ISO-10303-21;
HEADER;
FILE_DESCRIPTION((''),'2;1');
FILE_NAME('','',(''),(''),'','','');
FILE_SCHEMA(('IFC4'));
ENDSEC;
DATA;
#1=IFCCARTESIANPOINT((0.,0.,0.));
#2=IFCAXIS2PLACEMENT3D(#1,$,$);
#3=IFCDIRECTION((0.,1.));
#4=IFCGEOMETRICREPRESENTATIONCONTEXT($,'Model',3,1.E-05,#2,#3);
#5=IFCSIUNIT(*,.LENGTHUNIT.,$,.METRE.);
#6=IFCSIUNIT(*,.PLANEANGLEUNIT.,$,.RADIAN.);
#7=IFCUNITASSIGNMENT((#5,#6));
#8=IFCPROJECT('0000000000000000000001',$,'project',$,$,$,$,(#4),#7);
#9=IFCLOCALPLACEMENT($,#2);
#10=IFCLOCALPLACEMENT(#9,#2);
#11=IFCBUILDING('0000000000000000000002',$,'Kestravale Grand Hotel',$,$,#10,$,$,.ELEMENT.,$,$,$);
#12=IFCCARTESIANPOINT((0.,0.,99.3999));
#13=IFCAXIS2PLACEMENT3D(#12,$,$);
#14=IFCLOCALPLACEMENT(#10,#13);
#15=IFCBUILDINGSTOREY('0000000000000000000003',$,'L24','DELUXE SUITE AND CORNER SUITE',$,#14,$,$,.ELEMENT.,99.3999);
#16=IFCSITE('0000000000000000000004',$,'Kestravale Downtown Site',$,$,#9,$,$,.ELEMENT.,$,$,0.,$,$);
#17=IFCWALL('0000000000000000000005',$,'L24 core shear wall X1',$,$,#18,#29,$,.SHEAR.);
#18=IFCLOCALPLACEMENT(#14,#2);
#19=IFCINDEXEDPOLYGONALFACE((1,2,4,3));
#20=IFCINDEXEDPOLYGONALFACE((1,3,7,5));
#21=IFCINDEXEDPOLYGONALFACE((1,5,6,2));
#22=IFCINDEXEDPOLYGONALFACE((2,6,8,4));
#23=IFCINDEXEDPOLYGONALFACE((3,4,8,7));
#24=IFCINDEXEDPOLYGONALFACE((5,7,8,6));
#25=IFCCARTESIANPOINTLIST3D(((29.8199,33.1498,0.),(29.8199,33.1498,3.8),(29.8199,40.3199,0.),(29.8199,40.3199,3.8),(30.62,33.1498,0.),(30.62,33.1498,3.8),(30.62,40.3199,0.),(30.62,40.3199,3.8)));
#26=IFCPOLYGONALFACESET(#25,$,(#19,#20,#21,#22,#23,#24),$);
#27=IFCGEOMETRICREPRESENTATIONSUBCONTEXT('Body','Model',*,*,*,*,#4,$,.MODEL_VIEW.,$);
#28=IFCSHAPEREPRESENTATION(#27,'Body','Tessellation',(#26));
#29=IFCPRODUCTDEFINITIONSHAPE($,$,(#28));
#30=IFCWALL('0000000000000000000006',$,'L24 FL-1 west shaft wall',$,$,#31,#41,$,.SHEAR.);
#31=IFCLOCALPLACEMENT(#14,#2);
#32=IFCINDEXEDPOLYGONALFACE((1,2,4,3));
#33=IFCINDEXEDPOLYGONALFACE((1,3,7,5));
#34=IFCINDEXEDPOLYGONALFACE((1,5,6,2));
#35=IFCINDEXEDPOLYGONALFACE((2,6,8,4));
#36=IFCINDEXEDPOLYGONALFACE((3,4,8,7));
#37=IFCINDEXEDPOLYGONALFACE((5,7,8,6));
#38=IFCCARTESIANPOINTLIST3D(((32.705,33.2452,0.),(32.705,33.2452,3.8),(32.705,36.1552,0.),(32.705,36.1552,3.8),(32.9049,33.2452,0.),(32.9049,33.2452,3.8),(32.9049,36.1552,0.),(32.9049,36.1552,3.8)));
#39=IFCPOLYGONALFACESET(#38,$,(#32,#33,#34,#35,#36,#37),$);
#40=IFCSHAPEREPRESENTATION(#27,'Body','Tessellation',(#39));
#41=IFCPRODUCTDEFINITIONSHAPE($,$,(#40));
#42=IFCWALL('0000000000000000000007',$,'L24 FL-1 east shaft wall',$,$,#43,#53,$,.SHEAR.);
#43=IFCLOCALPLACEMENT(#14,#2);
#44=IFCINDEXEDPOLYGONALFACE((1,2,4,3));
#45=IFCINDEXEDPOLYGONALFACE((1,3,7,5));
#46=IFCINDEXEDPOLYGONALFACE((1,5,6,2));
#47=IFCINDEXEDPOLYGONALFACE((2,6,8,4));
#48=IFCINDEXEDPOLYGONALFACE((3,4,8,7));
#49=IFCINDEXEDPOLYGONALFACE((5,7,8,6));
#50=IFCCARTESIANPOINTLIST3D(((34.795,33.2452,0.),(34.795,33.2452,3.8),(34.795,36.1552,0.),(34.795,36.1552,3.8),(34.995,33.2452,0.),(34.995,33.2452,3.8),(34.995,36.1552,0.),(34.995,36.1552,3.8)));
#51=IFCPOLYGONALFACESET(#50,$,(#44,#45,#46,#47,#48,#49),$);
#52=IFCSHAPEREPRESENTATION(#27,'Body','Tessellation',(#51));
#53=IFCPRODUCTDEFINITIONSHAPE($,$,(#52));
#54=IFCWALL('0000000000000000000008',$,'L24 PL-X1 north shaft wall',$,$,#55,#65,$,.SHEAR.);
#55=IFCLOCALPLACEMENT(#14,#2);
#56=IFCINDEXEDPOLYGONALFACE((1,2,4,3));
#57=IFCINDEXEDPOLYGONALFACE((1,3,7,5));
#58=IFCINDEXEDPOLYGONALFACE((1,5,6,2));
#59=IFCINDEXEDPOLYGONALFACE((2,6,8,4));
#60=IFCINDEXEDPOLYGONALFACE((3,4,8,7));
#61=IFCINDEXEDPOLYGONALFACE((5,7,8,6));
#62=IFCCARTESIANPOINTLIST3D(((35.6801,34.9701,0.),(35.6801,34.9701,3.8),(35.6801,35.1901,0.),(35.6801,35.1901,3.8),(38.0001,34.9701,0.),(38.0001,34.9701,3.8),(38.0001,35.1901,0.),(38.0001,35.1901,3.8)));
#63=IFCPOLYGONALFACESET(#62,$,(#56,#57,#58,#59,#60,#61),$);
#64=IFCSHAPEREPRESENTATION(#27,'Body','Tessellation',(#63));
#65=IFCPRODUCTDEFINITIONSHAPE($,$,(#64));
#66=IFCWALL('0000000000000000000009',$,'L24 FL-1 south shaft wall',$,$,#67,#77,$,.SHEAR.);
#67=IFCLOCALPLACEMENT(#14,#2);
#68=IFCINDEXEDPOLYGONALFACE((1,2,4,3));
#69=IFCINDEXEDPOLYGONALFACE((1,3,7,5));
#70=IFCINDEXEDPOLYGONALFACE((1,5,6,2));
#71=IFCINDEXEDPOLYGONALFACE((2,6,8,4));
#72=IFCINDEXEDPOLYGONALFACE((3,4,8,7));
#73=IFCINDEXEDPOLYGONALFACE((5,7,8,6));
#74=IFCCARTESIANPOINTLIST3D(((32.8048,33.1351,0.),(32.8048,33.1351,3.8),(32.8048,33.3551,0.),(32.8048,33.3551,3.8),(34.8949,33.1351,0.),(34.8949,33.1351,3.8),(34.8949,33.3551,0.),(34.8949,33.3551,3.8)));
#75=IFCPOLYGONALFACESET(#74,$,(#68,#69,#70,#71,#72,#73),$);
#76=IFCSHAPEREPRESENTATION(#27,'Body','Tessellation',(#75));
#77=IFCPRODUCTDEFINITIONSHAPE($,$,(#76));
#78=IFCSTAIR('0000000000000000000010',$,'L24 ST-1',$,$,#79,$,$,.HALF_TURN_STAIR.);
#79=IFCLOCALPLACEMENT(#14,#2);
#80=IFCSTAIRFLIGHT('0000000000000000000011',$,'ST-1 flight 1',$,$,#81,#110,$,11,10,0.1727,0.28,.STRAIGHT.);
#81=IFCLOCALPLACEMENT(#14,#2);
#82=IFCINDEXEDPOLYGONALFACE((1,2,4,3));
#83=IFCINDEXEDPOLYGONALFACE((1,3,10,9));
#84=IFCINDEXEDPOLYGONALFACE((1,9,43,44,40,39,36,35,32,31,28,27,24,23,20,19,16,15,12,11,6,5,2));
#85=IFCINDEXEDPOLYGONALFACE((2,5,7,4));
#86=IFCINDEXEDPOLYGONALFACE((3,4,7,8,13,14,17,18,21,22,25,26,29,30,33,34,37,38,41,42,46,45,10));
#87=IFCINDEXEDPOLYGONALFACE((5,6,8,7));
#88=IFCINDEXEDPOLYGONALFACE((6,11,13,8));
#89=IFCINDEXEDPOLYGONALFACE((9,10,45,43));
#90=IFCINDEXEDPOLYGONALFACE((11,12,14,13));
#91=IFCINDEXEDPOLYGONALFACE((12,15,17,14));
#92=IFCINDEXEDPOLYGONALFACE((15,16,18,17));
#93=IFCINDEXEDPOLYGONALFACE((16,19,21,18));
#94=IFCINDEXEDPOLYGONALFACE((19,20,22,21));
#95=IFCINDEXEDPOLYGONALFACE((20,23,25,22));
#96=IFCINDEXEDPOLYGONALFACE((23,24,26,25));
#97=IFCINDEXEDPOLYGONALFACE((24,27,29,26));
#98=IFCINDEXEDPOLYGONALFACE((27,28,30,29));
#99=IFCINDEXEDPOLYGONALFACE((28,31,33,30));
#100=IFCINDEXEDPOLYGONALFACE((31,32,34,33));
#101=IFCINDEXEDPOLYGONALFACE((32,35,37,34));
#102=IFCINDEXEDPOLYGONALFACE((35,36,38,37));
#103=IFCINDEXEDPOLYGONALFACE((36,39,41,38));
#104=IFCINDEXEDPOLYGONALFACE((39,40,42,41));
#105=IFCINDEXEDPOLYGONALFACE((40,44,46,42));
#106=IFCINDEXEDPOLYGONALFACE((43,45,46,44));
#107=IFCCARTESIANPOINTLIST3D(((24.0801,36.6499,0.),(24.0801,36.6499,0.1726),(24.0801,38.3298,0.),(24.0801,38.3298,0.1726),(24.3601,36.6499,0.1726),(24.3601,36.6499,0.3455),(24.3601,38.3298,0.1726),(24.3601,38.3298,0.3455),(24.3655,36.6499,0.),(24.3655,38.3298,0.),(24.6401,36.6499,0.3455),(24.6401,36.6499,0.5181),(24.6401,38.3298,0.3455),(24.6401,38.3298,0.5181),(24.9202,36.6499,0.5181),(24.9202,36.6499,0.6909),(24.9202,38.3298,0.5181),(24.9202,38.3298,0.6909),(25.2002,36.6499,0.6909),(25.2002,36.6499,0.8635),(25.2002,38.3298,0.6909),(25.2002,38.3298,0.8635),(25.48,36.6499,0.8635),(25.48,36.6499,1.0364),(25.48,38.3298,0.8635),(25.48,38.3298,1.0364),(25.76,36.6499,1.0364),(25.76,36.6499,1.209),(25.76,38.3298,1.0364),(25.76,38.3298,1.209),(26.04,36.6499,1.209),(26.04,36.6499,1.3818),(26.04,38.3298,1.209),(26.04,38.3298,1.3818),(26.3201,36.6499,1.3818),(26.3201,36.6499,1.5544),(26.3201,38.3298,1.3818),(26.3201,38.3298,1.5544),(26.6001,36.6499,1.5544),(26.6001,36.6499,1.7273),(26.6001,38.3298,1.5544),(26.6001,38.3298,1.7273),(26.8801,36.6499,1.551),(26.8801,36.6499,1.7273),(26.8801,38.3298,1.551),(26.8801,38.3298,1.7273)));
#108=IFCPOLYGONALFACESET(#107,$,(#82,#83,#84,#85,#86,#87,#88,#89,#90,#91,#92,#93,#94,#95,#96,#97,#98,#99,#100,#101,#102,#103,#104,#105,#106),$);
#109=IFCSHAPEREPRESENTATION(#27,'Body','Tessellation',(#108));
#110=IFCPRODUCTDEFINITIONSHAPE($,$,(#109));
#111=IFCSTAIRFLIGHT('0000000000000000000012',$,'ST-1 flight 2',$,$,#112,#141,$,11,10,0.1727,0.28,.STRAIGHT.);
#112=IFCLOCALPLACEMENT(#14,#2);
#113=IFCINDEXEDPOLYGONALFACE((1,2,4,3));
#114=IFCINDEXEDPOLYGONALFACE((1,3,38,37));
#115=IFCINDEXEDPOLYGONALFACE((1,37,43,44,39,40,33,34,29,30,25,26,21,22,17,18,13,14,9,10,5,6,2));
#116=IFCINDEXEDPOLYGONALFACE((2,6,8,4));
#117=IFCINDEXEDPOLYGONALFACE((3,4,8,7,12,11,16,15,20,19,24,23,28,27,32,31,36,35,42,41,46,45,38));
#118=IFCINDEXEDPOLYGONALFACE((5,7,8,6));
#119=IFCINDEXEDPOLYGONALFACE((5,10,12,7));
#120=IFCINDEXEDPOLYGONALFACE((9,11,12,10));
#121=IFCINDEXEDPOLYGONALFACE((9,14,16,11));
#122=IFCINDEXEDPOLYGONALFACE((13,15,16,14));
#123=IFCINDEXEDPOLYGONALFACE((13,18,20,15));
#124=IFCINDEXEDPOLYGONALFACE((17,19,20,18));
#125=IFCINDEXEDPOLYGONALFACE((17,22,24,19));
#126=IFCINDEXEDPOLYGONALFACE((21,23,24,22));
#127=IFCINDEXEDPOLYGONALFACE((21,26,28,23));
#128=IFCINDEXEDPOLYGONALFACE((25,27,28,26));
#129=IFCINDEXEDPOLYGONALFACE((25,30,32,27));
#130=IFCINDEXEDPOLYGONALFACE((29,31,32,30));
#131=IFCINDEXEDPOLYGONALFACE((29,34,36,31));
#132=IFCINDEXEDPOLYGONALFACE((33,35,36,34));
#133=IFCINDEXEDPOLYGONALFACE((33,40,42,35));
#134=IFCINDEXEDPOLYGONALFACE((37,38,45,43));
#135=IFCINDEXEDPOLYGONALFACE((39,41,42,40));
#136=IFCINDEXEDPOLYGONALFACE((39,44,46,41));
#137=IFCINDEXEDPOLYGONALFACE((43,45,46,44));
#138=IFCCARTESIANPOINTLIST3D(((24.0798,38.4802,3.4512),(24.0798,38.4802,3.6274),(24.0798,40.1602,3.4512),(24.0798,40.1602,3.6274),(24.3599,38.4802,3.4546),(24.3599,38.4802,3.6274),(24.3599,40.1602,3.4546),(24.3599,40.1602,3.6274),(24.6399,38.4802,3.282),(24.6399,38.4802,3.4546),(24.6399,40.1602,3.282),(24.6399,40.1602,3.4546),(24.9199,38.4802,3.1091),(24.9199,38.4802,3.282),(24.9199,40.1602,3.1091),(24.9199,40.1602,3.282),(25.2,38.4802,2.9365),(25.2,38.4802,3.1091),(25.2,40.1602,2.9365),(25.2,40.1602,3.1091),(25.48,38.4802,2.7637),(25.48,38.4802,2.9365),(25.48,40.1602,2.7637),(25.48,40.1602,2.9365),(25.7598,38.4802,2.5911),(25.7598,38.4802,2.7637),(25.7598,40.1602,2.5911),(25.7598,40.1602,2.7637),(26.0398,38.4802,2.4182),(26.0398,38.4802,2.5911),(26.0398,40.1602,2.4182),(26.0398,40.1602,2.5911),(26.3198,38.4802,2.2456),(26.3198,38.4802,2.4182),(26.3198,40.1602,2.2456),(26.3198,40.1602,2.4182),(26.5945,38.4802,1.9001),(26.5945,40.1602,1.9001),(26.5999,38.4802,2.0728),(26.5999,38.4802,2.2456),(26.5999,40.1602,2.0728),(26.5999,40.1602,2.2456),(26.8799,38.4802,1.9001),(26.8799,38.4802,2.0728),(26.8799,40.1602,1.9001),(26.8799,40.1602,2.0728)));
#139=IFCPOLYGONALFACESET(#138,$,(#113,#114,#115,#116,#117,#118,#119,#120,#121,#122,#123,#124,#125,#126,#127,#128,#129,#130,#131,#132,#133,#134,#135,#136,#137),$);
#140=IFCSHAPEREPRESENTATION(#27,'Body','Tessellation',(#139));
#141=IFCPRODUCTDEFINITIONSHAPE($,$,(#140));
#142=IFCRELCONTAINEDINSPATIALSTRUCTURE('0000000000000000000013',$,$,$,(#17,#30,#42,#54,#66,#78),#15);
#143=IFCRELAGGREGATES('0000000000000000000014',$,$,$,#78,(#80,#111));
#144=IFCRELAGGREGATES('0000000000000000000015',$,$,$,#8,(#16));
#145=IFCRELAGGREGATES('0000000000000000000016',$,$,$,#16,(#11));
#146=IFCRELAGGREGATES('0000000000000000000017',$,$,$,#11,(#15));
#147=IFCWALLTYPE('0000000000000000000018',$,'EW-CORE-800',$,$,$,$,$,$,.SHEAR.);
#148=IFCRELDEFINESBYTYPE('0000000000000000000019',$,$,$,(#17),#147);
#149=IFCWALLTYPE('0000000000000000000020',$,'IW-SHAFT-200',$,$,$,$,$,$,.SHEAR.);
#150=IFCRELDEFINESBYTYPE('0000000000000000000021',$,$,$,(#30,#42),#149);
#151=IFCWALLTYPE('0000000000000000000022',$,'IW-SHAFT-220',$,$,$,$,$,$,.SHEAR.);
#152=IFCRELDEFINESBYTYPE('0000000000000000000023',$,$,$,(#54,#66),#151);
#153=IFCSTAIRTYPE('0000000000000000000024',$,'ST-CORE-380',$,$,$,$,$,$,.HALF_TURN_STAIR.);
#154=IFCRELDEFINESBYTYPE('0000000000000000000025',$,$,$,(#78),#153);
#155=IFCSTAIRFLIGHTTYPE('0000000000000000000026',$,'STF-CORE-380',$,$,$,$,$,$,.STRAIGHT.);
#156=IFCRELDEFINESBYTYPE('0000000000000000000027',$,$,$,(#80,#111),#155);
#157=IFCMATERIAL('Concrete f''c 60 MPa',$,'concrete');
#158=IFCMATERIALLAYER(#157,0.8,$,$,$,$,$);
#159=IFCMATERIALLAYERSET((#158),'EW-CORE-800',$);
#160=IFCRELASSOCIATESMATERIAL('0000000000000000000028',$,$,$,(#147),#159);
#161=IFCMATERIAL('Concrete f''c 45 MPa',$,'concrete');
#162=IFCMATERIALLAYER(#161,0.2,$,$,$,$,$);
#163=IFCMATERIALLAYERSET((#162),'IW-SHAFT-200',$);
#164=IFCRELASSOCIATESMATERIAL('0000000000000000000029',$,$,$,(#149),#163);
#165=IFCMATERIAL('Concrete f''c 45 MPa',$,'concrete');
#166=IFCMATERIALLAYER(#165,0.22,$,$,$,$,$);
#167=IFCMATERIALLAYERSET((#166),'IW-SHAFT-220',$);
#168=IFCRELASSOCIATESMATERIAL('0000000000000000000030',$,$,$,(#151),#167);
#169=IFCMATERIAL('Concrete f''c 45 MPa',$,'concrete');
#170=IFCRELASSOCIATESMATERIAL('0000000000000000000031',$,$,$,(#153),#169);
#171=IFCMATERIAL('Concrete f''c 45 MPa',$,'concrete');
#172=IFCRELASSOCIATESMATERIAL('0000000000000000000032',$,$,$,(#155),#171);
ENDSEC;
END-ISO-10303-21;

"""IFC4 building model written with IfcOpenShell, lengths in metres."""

from ifc_helpers import new_model, si_unit, direction, frame, frame_2d, origin, place, context, subcontext, project, spatial, polyline, rectangle, outline, extrude, material, layer, layer_set, type_object, element, aggregate, save


model = new_model("IFC4")

# Units and contexts
model_context = context("Model", 3, precision=1e-05, world=origin(), true_north=direction((0.0, 1.0)))
body_context = subcontext(model_context, "Body", "Model", "MODEL_VIEW")
ifc_project = project(units=[si_unit("LENGTHUNIT", "METRE"), si_unit("PLANEANGLEUNIT", "RADIAN")], contexts=[model_context])

# Site, building, storey
site_placement = place(None, origin())
site = spatial("IfcSite", under=ifc_project, at=site_placement, Name="Kestravale Downtown Site", CompositionType="ELEMENT", RefElevation=0.0)
building_placement = place(site_placement, origin())
building = spatial("IfcBuilding", under=site, at=building_placement, Name="Kestravale Grand Hotel", CompositionType="ELEMENT")
storey_placement = place(building_placement, frame((0.0, 0.0, 99.3999)))
storey = spatial("IfcBuildingStorey", under=building, at=storey_placement, Name="L24", Description="DELUXE SUITE AND CORNER SUITE", CompositionType="ELEMENT", Elevation=99.3999)

# Wall
ifc_material_1 = material(Name="Concrete f'c 60 MPa", Category="concrete")
ifc_layer_1 = layer(ifc_material_1, 0.8)
ifc_layer_set_1 = layer_set([ifc_layer_1], Name="EW-CORE-800")
wall_type_1 = type_object("IfcWallType", Name="EW-CORE-800", PredefinedType="SHEAR", material=ifc_layer_set_1)
wall_1_placement = place(storey_placement, frame((30.22, 33.1499, 0.0), z_axis=(0.0, 0.0, 1.0), x_axis=(0.0, 1.0, 0.0)))
element("IfcWall", 1, at=wall_1_placement, inside=storey, type_object=wall_type_1, Name="L24 core shear wall X1", PredefinedType="SHEAR", context=body_context, shape_type="SweptSolid", body=[
    extrude(rectangle(XDim=7.1702, YDim=0.8, at=frame_2d((3.585, 0.0))), origin(), (0.0, 0.0, 1.0), 3.8),
])

# Walls
ifc_material_2 = material(Name="Concrete f'c 45 MPa", Category="concrete")
ifc_layer_2 = layer(ifc_material_2, 0.2)
ifc_layer_set_2 = layer_set([ifc_layer_2], Name="IW-SHAFT-200")
wall_type_2 = type_object("IfcWallType", Name="IW-SHAFT-200", PredefinedType="SHEAR", material=ifc_layer_set_2)
for number, where, z_axis, x_axis, name in (
    (2, (32.8049, 33.2451, 0.0), (0.0, 0.0, 1.0), (0.0, 1.0, 0.0), "L24 FL-1 west shaft wall"),
    (3, (34.895, 33.2451, 0.0), (0.0, 0.0, 1.0), (0.0, 1.0, 0.0), "L24 FL-1 east shaft wall"),
):
    element("IfcWall", number, at=place(storey_placement, frame(where, z_axis=z_axis, x_axis=x_axis)), inside=storey, type_object=wall_type_2, Name=name, PredefinedType="SHEAR", context=body_context, shape_type="SweptSolid", body=[
        extrude(rectangle(XDim=2.9099, YDim=0.2, at=frame_2d((1.4551, 0.0))), origin(), (0.0, 0.0, 1.0), 3.8),
    ])
ifc_material_3 = material(Name="Concrete f'c 45 MPa", Category="concrete")
ifc_layer_3 = layer(ifc_material_3, 0.22)
ifc_layer_set_3 = layer_set([ifc_layer_3], Name="IW-SHAFT-220")
wall_type_3 = type_object("IfcWallType", Name="IW-SHAFT-220", PredefinedType="SHEAR", material=ifc_layer_set_3)
wall_2_placement = place(storey_placement, frame((35.6799, 35.0801, 0.0), z_axis=(0.0, 0.0, 1.0), x_axis=(1.0, 0.0, 0.0)))
element("IfcWall", 4, at=wall_2_placement, inside=storey, type_object=wall_type_3, Name="L24 PL-X1 north shaft wall", PredefinedType="SHEAR", context=body_context, shape_type="SweptSolid", body=[
    extrude(rectangle(XDim=2.3201, YDim=0.22, at=frame_2d((1.1602, 0.0))), origin(), (0.0, 0.0, 1.0), 3.8),
])

# Wall
wall_3_placement = place(storey_placement, frame((32.8049, 33.2451, 0.0), z_axis=(0.0, 0.0, 1.0), x_axis=(1.0, 0.0, 0.0)))
element("IfcWall", 5, at=wall_3_placement, inside=storey, type_object=wall_type_3, Name="L24 FL-1 south shaft wall", PredefinedType="SHEAR", context=body_context, shape_type="SweptSolid", body=[
    extrude(rectangle(XDim=2.0901, YDim=0.22, at=frame_2d((1.0449, 0.0))), origin(), (0.0, 0.0, 1.0), 3.8),
])

# Stair, stair flights
ifc_material_4 = material(Name="Concrete f'c 45 MPa", Category="concrete")
stair_type = type_object("IfcStairType", Name="ST-CORE-380", PredefinedType="HALF_TURN_STAIR", material=ifc_material_4)
stair_placement = place(storey_placement, origin())
stair = element("IfcStair", 6, at=stair_placement, inside=storey, type_object=stair_type, Name="L24 ST-1", PredefinedType="HALF_TURN_STAIR")
ifc_material_5 = material(Name="Concrete f'c 45 MPa", Category="concrete")
stair_flight_type = type_object("IfcStairFlightType", Name="STF-CORE-380", PredefinedType="STRAIGHT", material=ifc_material_5)
stair_flight_1_placement = place(storey_placement, frame((24.0801, 37.49, 0.0), z_axis=(0.0, 0.0, 1.0), x_axis=(1.0, 0.0, 0.0)))
stair_flight_1 = element("IfcStairFlight", 7, at=stair_flight_1_placement, type_object=stair_flight_type, Name="ST-1 flight 1", NumberOfRisers=11, NumberOfTreads=10, PredefinedType="STRAIGHT", RiserHeight=0.1727, TreadLength=0.28, context=body_context, shape_type="SweptSolid", body=[
    extrude(outline(polyline([(0.0, 0.0), (0.0, 0.1726), (0.28, 0.1726), (0.28, 0.3455), (0.5601, 0.3455), (0.5601, 0.5181), (0.8401, 0.5181), (0.8401, 0.6909), (1.1201, 0.6909), (1.1201, 0.8635), (1.3999, 0.8635), (1.3999, 1.0364), (1.6799, 1.0364), (1.6799, 1.209), (1.96, 1.209), (1.96, 1.3818), (2.24, 1.3818), (2.24, 1.5544), (2.52, 1.5544), (2.52, 1.7273), (2.8, 1.7273), (2.8, 1.8999), (2.8, 1.551), (0.2854, 0.0), (0.0, 0.0)])), frame((0.0, 0.8398, 0.0), z_axis=(0.0, -1.0, 0.0), x_axis=(1.0, 0.0, 0.0)), (0.0, 0.0, 1.0), 1.6799),
])
stair_flight_2_placement = place(storey_placement, frame((26.8799, 39.3201, 1.9001), z_axis=(0.0, 0.0, 1.0), x_axis=(-1.0, 0.0, 0.0)))
stair_flight_2 = element("IfcStairFlight", 8, at=stair_flight_2_placement, type_object=stair_flight_type, Name="ST-1 flight 2", NumberOfRisers=11, NumberOfTreads=10, PredefinedType="STRAIGHT", RiserHeight=0.1727, TreadLength=0.28, context=body_context, shape_type="SweptSolid", body=[
    extrude(outline(polyline([(0.0, 0.0), (0.0, 0.1726), (0.28, 0.1726), (0.28, 0.3455), (0.5601, 0.3455), (0.5601, 0.5181), (0.8401, 0.5181), (0.8401, 0.6909), (1.1201, 0.6909), (1.1201, 0.8635), (1.3999, 0.8635), (1.3999, 1.0364), (1.6799, 1.0364), (1.6799, 1.209), (1.96, 1.209), (1.96, 1.3818), (2.24, 1.3818), (2.24, 1.5544), (2.52, 1.5544), (2.52, 1.7273), (2.8, 1.7273), (2.8, 1.8999), (2.8, 1.551), (0.2854, 0.0), (0.0, 0.0)])), frame((0.0, 0.8398, 0.0), z_axis=(0.0, -1.0, 0.0), x_axis=(1.0, 0.0, 0.0)), (0.0, 0.0, 1.0), 1.6799),
])
aggregate(stair, [stair_flight_1, stair_flight_2])

save(model, "model.ifc")
